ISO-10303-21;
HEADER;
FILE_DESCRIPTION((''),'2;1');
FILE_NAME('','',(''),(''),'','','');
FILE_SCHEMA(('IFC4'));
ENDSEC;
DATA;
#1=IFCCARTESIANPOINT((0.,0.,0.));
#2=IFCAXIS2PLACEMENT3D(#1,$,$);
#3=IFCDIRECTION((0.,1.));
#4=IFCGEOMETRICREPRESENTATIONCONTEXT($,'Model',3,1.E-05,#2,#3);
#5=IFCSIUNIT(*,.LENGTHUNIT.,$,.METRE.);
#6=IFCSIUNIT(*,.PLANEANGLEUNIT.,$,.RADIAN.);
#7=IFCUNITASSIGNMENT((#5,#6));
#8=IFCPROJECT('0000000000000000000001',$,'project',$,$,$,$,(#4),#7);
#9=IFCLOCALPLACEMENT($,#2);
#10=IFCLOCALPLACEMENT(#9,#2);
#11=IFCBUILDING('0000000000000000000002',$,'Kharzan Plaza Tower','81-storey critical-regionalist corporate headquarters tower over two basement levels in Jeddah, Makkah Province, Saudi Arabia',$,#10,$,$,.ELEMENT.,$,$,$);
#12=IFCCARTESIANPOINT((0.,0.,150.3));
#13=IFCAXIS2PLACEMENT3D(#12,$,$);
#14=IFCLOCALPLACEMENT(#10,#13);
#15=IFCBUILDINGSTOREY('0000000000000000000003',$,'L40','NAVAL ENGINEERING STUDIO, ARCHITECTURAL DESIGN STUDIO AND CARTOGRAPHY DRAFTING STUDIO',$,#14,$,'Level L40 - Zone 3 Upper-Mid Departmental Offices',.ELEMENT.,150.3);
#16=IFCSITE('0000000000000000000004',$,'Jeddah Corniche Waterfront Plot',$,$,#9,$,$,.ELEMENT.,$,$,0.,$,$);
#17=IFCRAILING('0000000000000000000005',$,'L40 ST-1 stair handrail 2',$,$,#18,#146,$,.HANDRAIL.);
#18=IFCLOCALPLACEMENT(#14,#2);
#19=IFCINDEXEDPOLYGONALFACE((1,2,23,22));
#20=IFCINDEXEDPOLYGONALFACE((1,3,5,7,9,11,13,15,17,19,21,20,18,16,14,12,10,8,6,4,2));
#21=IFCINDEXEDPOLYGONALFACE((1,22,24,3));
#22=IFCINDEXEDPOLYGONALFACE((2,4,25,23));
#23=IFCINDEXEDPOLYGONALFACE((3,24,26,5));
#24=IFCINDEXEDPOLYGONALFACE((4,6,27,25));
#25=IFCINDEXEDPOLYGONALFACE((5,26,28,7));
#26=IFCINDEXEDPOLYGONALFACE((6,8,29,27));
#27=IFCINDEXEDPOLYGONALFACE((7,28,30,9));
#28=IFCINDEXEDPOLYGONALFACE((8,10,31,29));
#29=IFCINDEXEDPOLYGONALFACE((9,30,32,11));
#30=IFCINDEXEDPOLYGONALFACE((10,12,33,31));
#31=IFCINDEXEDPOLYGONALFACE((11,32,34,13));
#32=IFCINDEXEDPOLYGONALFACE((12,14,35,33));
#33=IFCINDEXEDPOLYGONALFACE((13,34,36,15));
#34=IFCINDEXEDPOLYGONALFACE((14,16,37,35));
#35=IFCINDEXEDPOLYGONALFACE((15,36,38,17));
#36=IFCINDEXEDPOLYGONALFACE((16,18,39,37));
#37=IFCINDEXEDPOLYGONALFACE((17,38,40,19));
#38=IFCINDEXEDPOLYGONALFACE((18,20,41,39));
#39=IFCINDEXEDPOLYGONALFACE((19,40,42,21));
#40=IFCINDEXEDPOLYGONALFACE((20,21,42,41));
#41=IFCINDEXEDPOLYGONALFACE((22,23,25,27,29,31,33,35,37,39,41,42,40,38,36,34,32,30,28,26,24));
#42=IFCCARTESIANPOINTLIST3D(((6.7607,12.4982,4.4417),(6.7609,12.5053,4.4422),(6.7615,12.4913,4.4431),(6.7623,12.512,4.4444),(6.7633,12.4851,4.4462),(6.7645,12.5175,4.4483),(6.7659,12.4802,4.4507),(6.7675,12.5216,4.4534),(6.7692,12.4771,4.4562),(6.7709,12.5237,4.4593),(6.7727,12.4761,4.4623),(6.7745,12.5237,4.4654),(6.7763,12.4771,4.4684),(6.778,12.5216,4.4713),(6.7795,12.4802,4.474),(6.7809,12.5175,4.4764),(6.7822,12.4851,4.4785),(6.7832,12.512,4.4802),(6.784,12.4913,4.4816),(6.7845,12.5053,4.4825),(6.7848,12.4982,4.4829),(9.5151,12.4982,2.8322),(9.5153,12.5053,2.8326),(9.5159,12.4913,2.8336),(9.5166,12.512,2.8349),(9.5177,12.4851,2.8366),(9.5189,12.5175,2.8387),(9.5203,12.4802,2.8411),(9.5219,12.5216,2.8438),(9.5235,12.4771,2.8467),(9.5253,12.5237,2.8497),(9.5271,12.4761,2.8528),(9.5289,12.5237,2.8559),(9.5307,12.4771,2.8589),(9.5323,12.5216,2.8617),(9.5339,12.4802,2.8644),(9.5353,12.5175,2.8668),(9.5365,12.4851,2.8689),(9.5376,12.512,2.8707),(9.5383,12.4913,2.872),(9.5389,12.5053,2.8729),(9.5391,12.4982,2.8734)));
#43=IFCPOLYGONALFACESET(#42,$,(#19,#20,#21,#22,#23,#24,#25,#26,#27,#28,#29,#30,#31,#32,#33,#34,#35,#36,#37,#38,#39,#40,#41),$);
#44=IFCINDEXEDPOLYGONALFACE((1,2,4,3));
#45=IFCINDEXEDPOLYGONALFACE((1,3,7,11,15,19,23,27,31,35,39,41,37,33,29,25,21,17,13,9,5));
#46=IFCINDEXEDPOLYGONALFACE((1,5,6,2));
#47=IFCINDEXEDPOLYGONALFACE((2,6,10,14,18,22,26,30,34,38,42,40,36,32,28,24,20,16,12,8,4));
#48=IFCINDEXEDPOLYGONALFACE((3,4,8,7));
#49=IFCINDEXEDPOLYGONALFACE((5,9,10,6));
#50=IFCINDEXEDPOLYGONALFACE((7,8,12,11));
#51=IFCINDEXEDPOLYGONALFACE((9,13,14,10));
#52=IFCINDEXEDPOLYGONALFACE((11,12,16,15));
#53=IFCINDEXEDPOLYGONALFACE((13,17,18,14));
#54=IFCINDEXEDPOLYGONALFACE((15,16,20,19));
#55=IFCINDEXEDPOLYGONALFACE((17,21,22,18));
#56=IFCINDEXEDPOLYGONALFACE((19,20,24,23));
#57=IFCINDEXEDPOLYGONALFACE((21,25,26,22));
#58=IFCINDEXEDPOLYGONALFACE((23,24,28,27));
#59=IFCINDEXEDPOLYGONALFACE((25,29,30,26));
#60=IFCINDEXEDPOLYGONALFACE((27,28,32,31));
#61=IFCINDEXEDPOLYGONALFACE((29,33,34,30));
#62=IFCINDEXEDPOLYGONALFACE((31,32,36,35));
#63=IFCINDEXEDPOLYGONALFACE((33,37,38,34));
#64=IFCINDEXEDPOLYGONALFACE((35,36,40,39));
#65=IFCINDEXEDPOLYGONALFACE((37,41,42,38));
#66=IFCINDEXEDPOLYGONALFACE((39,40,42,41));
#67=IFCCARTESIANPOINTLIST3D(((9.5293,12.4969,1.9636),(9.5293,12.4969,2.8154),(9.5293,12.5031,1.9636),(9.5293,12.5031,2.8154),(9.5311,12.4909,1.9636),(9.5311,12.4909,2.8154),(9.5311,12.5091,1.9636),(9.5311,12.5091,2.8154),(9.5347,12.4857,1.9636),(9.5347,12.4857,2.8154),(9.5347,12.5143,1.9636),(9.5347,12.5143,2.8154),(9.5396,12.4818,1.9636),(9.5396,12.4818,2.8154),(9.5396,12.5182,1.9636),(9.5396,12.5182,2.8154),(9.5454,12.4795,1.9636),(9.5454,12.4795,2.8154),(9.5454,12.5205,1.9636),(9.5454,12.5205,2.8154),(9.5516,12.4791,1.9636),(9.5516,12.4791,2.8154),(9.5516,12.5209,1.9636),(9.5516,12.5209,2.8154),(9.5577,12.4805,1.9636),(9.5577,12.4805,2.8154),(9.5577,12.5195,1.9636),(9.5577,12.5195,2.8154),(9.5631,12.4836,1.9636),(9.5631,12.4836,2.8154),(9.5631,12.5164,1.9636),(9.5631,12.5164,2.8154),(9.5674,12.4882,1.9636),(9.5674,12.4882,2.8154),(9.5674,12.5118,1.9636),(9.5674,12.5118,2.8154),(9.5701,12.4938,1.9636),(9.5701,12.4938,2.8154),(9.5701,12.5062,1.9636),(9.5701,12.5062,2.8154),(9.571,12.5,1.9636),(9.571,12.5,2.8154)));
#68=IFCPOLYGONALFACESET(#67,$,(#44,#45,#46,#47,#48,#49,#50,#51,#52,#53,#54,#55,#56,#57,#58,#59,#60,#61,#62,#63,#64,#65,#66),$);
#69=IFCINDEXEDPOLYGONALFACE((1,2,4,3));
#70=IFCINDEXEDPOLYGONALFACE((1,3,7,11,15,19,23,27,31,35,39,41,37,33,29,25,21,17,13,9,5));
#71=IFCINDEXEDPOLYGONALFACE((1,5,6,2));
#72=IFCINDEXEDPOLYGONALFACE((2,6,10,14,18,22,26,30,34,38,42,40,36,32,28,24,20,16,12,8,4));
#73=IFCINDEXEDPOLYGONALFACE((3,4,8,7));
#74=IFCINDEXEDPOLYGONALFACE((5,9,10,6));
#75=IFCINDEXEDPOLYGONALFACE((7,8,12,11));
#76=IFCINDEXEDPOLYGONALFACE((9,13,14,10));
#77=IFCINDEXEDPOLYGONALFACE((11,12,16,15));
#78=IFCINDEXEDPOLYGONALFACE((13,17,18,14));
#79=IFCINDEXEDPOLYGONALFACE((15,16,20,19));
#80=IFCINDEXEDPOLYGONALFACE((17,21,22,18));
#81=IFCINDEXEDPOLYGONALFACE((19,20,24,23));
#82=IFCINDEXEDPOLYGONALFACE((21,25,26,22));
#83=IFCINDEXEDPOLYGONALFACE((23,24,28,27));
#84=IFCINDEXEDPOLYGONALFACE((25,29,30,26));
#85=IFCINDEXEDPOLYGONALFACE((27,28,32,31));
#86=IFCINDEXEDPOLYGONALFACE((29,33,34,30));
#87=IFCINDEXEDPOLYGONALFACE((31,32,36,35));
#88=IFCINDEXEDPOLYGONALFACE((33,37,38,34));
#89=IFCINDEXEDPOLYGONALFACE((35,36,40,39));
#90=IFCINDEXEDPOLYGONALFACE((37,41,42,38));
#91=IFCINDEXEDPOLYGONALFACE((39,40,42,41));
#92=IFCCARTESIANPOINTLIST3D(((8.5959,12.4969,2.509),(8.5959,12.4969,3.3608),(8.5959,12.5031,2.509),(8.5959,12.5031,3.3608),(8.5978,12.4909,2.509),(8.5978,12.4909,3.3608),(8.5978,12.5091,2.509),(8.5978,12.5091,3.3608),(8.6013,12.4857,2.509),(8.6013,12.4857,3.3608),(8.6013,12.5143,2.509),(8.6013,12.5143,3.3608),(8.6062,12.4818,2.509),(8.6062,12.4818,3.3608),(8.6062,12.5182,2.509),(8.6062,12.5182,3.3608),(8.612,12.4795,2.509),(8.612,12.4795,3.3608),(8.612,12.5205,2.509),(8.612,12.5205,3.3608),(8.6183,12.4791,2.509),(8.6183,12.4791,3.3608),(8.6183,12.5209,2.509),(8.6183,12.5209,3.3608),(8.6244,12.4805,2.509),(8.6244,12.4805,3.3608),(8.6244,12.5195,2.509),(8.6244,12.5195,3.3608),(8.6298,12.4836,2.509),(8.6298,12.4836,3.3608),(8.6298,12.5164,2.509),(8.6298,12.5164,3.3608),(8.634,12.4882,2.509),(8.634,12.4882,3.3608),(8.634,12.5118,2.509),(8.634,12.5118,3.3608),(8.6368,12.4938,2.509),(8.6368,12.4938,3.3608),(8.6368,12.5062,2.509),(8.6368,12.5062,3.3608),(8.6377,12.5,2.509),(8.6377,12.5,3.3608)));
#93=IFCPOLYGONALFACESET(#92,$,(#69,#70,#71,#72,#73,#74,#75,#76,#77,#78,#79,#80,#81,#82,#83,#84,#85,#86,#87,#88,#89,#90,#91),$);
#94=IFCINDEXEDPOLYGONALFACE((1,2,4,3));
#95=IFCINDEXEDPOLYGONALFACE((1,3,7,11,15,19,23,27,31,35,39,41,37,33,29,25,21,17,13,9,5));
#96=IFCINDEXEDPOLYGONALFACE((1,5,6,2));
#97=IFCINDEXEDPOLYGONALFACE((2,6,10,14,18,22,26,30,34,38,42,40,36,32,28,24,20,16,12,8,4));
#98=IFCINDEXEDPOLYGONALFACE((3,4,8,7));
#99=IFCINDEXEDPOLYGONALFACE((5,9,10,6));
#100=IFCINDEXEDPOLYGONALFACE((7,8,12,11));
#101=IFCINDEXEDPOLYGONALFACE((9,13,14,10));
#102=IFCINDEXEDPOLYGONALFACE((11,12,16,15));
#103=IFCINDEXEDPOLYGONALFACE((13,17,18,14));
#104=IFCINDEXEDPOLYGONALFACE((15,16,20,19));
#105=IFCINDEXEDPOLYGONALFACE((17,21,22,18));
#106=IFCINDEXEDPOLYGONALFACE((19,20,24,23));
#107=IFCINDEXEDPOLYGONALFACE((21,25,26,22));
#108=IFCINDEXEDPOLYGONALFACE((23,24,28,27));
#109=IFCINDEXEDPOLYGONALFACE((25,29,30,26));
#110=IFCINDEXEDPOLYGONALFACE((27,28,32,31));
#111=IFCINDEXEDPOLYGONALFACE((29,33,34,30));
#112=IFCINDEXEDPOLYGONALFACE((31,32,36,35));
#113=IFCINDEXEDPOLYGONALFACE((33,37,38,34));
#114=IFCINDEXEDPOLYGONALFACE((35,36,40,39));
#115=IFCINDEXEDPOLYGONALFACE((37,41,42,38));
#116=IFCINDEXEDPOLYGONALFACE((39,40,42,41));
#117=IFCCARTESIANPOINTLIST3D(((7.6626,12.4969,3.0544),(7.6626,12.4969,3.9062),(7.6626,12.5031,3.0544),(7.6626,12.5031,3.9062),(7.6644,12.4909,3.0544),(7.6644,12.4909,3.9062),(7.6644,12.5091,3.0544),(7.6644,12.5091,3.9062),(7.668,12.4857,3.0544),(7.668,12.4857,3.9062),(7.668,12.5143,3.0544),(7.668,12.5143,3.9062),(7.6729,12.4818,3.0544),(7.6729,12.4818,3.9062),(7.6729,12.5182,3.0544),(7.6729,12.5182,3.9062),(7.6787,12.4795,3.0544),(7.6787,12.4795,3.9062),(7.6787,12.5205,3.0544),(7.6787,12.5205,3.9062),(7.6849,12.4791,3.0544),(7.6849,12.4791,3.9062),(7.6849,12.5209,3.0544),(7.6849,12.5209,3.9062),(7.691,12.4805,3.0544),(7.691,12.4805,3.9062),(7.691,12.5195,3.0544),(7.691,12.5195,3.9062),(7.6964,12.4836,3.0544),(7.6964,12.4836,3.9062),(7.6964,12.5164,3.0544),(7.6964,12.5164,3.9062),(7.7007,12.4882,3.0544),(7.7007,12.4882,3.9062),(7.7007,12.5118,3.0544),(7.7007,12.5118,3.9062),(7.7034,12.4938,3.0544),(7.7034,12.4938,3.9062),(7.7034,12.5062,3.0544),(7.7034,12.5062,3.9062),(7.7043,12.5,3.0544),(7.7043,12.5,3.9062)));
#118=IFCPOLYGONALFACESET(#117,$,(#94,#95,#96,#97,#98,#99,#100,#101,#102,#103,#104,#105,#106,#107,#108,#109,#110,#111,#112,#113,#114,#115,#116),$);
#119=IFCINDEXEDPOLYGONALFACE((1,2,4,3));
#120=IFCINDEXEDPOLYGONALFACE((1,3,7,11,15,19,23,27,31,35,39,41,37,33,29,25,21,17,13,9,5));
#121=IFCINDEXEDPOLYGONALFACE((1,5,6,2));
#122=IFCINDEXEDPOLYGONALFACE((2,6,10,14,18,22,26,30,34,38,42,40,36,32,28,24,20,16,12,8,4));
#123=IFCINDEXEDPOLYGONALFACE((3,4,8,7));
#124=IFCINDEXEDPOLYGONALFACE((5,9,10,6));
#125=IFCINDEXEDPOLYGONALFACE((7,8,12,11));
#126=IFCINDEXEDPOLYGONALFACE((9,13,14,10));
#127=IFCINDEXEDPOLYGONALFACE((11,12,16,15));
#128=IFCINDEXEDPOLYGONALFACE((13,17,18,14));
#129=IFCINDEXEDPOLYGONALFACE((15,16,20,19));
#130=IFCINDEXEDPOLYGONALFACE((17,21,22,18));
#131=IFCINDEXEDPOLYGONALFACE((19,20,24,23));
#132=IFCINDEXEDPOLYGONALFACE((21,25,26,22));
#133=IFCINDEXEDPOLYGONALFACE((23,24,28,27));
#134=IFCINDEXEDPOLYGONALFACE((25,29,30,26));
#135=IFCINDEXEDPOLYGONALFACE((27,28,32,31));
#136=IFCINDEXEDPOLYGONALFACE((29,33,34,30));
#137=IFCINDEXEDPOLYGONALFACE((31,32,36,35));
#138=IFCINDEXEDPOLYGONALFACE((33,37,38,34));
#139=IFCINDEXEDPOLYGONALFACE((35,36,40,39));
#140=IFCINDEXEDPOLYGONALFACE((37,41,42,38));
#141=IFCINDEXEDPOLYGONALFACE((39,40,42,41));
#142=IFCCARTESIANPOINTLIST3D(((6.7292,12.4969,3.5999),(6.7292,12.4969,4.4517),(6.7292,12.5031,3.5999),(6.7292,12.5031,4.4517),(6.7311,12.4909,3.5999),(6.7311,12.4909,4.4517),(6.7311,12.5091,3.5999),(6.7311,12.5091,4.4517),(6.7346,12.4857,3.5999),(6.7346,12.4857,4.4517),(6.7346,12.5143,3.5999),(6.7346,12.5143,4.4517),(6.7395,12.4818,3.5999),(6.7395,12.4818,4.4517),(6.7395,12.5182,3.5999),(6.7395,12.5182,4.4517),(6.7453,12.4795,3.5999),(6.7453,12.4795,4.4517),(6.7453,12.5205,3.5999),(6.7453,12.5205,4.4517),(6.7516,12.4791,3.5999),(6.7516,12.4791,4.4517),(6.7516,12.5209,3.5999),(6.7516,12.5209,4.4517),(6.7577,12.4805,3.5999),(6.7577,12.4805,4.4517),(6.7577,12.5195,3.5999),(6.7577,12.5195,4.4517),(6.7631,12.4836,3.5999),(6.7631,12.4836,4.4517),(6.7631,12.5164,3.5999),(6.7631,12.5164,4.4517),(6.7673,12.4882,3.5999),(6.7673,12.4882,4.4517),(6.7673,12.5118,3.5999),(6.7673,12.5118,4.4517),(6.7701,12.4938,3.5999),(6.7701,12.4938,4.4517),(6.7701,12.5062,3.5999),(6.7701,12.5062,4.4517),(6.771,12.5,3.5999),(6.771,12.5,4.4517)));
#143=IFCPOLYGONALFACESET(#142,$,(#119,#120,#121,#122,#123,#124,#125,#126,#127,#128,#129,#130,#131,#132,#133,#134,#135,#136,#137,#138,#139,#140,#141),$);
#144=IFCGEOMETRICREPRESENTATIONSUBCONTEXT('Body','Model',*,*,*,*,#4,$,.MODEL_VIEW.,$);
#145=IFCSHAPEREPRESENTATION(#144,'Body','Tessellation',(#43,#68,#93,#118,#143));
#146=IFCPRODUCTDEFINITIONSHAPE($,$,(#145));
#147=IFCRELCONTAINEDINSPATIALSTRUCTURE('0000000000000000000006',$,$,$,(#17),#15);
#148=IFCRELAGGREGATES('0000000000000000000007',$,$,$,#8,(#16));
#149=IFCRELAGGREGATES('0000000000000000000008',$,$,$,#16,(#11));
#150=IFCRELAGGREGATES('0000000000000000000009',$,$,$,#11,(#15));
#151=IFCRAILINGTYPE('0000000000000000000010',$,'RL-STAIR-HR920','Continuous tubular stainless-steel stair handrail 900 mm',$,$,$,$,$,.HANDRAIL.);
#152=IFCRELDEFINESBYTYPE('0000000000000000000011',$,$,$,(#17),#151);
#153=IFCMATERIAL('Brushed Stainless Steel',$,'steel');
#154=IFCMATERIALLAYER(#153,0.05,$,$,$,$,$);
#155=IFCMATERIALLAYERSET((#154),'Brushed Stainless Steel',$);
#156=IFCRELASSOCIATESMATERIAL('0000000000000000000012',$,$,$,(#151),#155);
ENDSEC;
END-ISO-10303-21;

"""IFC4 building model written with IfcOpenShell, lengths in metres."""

from ifc_helpers import new_model, si_unit, direction, frame, origin, origin_2d, place, context, subcontext, project, spatial, circle, extrude, source, transform, mapped, material, layer, layer_set, type_object, element, save


model = new_model("IFC4")

# Units and contexts
model_context = context("Model", 3, precision=1e-05, world=origin(), true_north=direction((0.0, 1.0)))
body_context = subcontext(model_context, "Body", "Model", "MODEL_VIEW")
ifc_project = project(units=[si_unit("LENGTHUNIT", "METRE"), si_unit("PLANEANGLEUNIT", "RADIAN")], contexts=[model_context])

# Site, building, storey
site_placement = place(None, origin())
site = spatial("IfcSite", under=ifc_project, at=site_placement, Name="Jeddah Corniche Waterfront Plot", CompositionType="ELEMENT", RefElevation=0.0)
building_placement = place(site_placement, origin())
building = spatial("IfcBuilding", under=site, at=building_placement, Name="Kharzan Plaza Tower", Description="81-storey critical-regionalist corporate headquarters tower over two basement levels in Jeddah, Makkah Province, Saudi Arabia", CompositionType="ELEMENT")
storey_placement = place(building_placement, frame((0.0, 0.0, 150.3)))
storey = spatial("IfcBuildingStorey", under=building, at=storey_placement, Name="L40", Description="NAVAL ENGINEERING STUDIO, ARCHITECTURAL DESIGN STUDIO AND CARTOGRAPHY DRAFTING STUDIO", LongName="Level L40 - Zone 3 Upper-Mid Departmental Offices", CompositionType="ELEMENT", Elevation=150.3)

# Shared definitions
ifc_material_1 = material(Name="Brushed Stainless Steel", Category="steel")

# Railing
ifc_layer_1 = layer(ifc_material_1, 0.05)
ifc_layer_set_1 = layer_set([ifc_layer_1], Name="Brushed Stainless Steel")
railing_type_1 = type_object("IfcRailingType", Name="RL-STAIR-HR920", Description="Continuous tubular stainless-steel stair handrail 900 mm", PredefinedType="HANDRAIL", material=ifc_layer_set_1)
shared_shape_1 = source(origin(), body_context, "Body", "SweptSolid", [
    extrude(circle(Radius=0.0239, at=origin_2d()), frame((-0.0229, 0.0, 0.8892), z_axis=(-0.863394, 0.0, 0.504531), x_axis=(0.0, -1.0, 0.0)), (0.0, 0.0, 1.0), 3.1902),
    extrude(circle(Radius=0.021, at=origin_2d()), origin(), (0.0, 0.0, 1.0), 0.8518),
    extrude(circle(Radius=0.021, at=origin_2d()), frame((-0.9333, 0.0, 0.5454)), (0.0, 0.0, 1.0), 0.8518),
    extrude(circle(Radius=0.021, at=origin_2d()), frame((-1.8667, 0.0, 1.0908)), (0.0, 0.0, 1.0), 0.8518),
    extrude(circle(Radius=0.021, at=origin_2d()), frame((-2.8, 0.0, 1.6362)), (0.0, 0.0, 1.0), 0.8518),
])
railing_1_placement = place(storey_placement, frame((9.55, 12.5, 1.9636)))
element("IfcRailing", 1, at=railing_1_placement, inside=storey, type_object=railing_type_1, Name="L40 ST-1 stair handrail 2", PredefinedType="HANDRAIL", context=body_context, shape_type="MappedRepresentation", body=[
    mapped(shared_shape_1, transform((0.0, 0.0, 0.0), x_axis=(1.0, 0.0, 0.0), y_axis=(0.0, 1.0, 0.0), z_axis=(0.0, 0.0, 1.0))),
])

save(model, "model.ifc")
